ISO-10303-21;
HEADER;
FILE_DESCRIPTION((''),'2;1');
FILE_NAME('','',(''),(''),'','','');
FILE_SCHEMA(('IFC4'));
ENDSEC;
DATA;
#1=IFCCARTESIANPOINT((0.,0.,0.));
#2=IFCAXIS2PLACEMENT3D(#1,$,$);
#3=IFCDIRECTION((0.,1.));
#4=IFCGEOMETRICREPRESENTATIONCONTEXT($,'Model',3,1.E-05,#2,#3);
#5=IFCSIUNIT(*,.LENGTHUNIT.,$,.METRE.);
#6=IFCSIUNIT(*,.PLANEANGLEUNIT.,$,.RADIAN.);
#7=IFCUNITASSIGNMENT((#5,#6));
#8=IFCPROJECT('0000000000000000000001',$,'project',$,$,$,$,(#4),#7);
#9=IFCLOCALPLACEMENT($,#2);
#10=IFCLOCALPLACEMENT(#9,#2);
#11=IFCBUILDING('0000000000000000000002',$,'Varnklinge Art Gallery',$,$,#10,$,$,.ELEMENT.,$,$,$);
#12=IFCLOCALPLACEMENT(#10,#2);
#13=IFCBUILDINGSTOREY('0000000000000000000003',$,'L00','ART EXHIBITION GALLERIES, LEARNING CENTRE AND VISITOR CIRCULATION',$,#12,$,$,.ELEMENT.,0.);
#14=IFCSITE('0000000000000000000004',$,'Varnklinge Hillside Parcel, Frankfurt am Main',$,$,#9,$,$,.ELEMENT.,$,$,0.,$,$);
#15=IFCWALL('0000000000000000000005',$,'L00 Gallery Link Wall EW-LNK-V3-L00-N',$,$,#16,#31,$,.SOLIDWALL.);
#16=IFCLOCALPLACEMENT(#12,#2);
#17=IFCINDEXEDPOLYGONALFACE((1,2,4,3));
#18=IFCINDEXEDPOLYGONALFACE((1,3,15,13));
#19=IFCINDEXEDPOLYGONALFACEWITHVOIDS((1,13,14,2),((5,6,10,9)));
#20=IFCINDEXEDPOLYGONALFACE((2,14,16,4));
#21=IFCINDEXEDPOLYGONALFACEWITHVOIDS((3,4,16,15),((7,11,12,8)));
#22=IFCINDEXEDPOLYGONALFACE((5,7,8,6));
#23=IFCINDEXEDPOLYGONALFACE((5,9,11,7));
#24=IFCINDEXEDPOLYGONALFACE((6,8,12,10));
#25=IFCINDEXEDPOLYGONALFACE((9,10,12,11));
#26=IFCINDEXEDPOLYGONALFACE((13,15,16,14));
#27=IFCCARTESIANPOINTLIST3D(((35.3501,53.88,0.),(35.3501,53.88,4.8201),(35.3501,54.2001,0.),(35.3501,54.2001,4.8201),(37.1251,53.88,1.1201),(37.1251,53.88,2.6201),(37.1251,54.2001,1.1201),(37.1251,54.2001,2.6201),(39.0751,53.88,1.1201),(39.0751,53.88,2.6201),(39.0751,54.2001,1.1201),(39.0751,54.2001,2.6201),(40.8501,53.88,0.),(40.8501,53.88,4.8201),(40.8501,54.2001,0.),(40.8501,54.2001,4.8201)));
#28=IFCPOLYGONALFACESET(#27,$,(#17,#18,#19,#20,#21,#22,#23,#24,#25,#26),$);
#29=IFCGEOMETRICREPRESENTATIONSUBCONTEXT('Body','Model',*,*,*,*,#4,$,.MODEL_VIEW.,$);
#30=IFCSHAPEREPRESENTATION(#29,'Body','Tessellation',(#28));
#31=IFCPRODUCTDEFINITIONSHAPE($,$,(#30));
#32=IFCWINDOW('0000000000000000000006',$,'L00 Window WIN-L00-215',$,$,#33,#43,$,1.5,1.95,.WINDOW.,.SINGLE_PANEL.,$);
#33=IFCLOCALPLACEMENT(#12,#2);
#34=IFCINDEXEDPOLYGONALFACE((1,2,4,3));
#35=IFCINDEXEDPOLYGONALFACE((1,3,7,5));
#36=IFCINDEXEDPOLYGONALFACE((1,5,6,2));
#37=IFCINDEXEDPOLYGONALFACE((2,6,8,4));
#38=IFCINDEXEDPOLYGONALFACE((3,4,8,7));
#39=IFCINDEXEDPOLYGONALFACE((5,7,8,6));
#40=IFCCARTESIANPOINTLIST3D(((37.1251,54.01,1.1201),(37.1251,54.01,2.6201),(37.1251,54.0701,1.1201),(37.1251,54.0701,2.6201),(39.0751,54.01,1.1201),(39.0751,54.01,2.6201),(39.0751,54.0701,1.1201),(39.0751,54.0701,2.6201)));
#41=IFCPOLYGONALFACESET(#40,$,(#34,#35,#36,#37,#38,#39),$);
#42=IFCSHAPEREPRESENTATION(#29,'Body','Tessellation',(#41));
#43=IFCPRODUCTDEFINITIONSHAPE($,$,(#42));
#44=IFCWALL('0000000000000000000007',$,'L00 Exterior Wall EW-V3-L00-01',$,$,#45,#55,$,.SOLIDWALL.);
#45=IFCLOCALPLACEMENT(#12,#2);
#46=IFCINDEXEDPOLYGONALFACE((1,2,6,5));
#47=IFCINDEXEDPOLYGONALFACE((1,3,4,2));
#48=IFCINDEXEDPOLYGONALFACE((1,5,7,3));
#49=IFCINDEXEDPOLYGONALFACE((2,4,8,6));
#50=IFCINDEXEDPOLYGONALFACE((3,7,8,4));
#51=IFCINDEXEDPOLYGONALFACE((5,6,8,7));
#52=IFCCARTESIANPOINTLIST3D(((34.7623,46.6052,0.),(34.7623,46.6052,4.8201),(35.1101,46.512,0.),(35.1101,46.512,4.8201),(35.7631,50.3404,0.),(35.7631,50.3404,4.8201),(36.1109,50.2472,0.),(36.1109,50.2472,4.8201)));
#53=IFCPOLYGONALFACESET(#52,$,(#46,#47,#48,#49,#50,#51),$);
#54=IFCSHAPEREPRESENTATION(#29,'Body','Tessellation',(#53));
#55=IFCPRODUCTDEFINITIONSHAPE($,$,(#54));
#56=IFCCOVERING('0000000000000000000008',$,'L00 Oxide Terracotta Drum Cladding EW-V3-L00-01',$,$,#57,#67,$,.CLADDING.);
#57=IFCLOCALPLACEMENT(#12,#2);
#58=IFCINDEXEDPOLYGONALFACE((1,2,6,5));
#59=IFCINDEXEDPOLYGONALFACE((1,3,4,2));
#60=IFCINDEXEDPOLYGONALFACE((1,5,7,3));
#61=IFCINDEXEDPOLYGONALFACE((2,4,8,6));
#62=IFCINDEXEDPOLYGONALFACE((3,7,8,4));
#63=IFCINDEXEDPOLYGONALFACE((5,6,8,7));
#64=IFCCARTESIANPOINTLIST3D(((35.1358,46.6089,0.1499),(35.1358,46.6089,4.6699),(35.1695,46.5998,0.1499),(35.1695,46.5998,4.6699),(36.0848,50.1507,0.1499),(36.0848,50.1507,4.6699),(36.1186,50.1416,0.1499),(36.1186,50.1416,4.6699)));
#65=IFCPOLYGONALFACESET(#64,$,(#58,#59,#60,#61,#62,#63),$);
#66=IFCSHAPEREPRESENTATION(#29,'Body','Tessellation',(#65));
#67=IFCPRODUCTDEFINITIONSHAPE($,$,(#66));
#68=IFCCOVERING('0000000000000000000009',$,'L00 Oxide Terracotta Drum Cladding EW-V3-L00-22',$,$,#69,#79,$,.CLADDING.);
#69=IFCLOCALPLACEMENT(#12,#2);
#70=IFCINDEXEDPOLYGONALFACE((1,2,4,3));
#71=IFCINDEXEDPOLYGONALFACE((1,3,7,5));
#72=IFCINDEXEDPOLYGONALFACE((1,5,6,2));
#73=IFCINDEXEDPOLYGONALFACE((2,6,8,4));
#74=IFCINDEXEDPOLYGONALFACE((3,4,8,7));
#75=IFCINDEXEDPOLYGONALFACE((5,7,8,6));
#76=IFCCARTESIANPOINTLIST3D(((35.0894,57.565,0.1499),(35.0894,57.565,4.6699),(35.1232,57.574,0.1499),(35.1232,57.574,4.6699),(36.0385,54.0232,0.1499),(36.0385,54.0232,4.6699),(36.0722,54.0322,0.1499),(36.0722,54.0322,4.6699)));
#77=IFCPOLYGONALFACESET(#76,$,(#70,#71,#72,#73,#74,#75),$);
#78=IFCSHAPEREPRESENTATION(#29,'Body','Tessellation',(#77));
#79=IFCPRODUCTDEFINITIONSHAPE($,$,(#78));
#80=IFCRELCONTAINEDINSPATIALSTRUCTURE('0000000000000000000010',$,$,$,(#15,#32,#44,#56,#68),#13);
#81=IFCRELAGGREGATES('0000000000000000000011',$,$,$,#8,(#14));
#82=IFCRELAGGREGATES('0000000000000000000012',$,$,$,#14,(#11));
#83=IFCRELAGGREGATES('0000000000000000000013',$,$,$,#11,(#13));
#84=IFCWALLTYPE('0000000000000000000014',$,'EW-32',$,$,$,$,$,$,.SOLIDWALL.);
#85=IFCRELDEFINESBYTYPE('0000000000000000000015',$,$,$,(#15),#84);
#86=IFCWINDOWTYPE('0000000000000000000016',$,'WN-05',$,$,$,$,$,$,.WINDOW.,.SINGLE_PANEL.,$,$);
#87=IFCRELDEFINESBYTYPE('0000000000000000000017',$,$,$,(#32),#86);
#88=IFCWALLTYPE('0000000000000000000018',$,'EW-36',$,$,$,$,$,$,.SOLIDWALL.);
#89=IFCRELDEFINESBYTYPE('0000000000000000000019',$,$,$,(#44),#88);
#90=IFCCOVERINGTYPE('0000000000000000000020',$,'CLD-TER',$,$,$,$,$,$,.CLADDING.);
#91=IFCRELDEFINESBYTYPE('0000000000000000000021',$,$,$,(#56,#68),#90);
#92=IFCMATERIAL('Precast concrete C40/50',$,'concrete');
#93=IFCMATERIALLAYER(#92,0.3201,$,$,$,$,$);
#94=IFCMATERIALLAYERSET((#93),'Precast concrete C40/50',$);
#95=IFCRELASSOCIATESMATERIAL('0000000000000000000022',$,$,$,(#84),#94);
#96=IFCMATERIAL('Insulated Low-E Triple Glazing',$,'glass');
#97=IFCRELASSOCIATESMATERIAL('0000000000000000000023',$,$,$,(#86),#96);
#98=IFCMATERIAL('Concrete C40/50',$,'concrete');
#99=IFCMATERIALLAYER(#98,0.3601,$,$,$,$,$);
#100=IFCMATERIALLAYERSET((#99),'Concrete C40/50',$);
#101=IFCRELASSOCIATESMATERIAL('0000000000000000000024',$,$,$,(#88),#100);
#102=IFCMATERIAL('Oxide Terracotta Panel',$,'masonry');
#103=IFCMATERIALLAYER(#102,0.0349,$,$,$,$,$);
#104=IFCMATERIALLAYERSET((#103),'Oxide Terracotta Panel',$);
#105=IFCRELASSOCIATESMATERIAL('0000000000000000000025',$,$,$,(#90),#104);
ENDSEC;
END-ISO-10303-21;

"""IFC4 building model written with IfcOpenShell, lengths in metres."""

from ifc_helpers import new_model, si_unit, direction, frame, frame_2d, origin, origin_2d, place, context, subcontext, project, spatial, rectangle, extrude, material, layer, layer_set, type_object, element, fill, save


model = new_model("IFC4")

# Units and contexts
model_context = context("Model", 3, precision=1e-05, world=origin(), true_north=direction((0.0, 1.0)))
body_context = subcontext(model_context, "Body", "Model", "MODEL_VIEW")
ifc_project = project(units=[si_unit("LENGTHUNIT", "METRE"), si_unit("PLANEANGLEUNIT", "RADIAN")], contexts=[model_context])

# Site, building, storey
site_placement = place(None, origin())
site = spatial("IfcSite", under=ifc_project, at=site_placement, Name="Varnklinge Hillside Parcel, Frankfurt am Main", CompositionType="ELEMENT", RefElevation=0.0)
building_placement = place(site_placement, origin())
building = spatial("IfcBuilding", under=site, at=building_placement, Name="Varnklinge Art Gallery", CompositionType="ELEMENT")
storey_placement = place(building_placement, origin())
storey = spatial("IfcBuildingStorey", under=building, at=storey_placement, Name="L00", Description="ART EXHIBITION GALLERIES, LEARNING CENTRE AND VISITOR CIRCULATION", CompositionType="ELEMENT", Elevation=0.0)

# Shared definitions
ifc_material_1 = material(Name="Precast concrete C40/50", Category="concrete")
ifc_layer_1 = layer(ifc_material_1, 0.3201)
ifc_layer_set_1 = layer_set([ifc_layer_1], Name="Precast concrete C40/50")
wall_type_1 = type_object("IfcWallType", Name="EW-32", PredefinedType="SOLIDWALL", material=ifc_layer_set_1)

# Wall, opening, window
wall_1_placement = place(storey_placement, frame((35.3501, 54.04, 0.0), z_axis=(0.0, 0.0, 1.0), x_axis=(1.0, 0.0, 0.0)))
wall_1 = element("IfcWall", 1, at=wall_1_placement, inside=storey, type_object=wall_type_1, Name="L00 Gallery Link Wall EW-LNK-V3-L00-N", PredefinedType="SOLIDWALL", context=body_context, shape_type="SweptSolid", body=[
    extrude(rectangle(XDim=5.5, YDim=0.3201, at=frame_2d((2.75, 0.0))), origin(), (0.0, 0.0, 1.0), 4.8201),
])
opening_placement = place(wall_1_placement, frame((1.7749, 0.0, 1.1201)))
opening = element("IfcOpeningElement", 2, at=opening_placement, cuts=wall_1, PredefinedType="OPENING", context=body_context, shape_type="SweptSolid", body=[
    extrude(rectangle(XDim=1.95, YDim=1.5, at=frame_2d((0.9751, 0.75))), frame((0.0, 0.1702, 0.0), z_axis=(0.0, -1.0, 0.0), x_axis=(1.0, 0.0, 0.0)), (0.0, 0.0, 1.0), 0.3401),
])
ifc_material_2 = material(Name="Insulated Low-E Triple Glazing", Category="glass")
window_type = type_object("IfcWindowType", Name="WN-05", PartitioningType="SINGLE_PANEL", PredefinedType="WINDOW", material=ifc_material_2)
window_placement = place(opening_placement, origin())
window = element("IfcWindow", 3, at=window_placement, inside=storey, type_object=window_type, Name="L00 Window WIN-L00-215", OverallHeight=1.5, OverallWidth=1.95, PartitioningType="SINGLE_PANEL", PredefinedType="WINDOW", context=body_context, shape_type="SweptSolid", body=[
    extrude(rectangle(XDim=1.95, YDim=1.5, at=frame_2d((0.9751, 0.75))), frame((0.0, 0.03, 0.0), z_axis=(0.0, -1.0, 0.0), x_axis=(1.0, 0.0, 0.0)), (0.0, 0.0, 1.0), 0.0601),
])
fill(opening, window)

# Wall
ifc_material_3 = material(Name="Concrete C40/50", Category="concrete")
ifc_layer_2 = layer(ifc_material_3, 0.3601)
ifc_layer_set_2 = layer_set([ifc_layer_2], Name="Concrete C40/50")
wall_type_2 = type_object("IfcWallType", Name="EW-36", PredefinedType="SOLIDWALL", material=ifc_layer_set_2)
wall_2_placement = place(storey_placement, frame((35.937, 50.2939, 0.0), z_axis=(0.0, 0.0, 1.0), x_axis=(-0.258798, -0.965931, 0.0)))
element("IfcWall", 4, at=wall_2_placement, inside=storey, type_object=wall_type_2, Name="L00 Exterior Wall EW-V3-L00-01", PredefinedType="SOLIDWALL", context=body_context, shape_type="SweptSolid", body=[
    extrude(rectangle(XDim=3.8669, YDim=0.3601, at=frame_2d((1.9336, 0.0))), origin(), (0.0, 0.0, 1.0), 4.8201),
])

# Coverings
ifc_material_4 = material(Name="Oxide Terracotta Panel", Category="masonry")
ifc_layer_3 = layer(ifc_material_4, 0.0349)
ifc_layer_set_3 = layer_set([ifc_layer_3], Name="Oxide Terracotta Panel")
covering_type = type_object("IfcCoveringType", Name="CLD-TER", PredefinedType="CLADDING", material=ifc_layer_set_3)
for number, where, z_axis, x_axis, name in (
    (5, (35.6272, 48.3752, 0.1499), (0.0, 0.0, 1.0), (-0.258819, -0.965926, 0.0), "L00 Oxide Terracotta Drum Cladding EW-V3-L00-01"),
    (6, (35.5808, 55.7986, 0.1499), (0.0, 0.0, 1.0), (0.258819, -0.965926, 0.0), "L00 Oxide Terracotta Drum Cladding EW-V3-L00-22"),
):
    element("IfcCovering", number, at=place(storey_placement, frame(where, z_axis=z_axis, x_axis=x_axis)), inside=storey, type_object=covering_type, Name=name, PredefinedType="CLADDING", context=body_context, shape_type="SweptSolid", body=[
        extrude(rectangle(XDim=3.6667, YDim=0.0349, at=origin_2d()), origin(), (0.0, 0.0, 1.0), 4.52),
    ])

save(model, "model.ifc")
